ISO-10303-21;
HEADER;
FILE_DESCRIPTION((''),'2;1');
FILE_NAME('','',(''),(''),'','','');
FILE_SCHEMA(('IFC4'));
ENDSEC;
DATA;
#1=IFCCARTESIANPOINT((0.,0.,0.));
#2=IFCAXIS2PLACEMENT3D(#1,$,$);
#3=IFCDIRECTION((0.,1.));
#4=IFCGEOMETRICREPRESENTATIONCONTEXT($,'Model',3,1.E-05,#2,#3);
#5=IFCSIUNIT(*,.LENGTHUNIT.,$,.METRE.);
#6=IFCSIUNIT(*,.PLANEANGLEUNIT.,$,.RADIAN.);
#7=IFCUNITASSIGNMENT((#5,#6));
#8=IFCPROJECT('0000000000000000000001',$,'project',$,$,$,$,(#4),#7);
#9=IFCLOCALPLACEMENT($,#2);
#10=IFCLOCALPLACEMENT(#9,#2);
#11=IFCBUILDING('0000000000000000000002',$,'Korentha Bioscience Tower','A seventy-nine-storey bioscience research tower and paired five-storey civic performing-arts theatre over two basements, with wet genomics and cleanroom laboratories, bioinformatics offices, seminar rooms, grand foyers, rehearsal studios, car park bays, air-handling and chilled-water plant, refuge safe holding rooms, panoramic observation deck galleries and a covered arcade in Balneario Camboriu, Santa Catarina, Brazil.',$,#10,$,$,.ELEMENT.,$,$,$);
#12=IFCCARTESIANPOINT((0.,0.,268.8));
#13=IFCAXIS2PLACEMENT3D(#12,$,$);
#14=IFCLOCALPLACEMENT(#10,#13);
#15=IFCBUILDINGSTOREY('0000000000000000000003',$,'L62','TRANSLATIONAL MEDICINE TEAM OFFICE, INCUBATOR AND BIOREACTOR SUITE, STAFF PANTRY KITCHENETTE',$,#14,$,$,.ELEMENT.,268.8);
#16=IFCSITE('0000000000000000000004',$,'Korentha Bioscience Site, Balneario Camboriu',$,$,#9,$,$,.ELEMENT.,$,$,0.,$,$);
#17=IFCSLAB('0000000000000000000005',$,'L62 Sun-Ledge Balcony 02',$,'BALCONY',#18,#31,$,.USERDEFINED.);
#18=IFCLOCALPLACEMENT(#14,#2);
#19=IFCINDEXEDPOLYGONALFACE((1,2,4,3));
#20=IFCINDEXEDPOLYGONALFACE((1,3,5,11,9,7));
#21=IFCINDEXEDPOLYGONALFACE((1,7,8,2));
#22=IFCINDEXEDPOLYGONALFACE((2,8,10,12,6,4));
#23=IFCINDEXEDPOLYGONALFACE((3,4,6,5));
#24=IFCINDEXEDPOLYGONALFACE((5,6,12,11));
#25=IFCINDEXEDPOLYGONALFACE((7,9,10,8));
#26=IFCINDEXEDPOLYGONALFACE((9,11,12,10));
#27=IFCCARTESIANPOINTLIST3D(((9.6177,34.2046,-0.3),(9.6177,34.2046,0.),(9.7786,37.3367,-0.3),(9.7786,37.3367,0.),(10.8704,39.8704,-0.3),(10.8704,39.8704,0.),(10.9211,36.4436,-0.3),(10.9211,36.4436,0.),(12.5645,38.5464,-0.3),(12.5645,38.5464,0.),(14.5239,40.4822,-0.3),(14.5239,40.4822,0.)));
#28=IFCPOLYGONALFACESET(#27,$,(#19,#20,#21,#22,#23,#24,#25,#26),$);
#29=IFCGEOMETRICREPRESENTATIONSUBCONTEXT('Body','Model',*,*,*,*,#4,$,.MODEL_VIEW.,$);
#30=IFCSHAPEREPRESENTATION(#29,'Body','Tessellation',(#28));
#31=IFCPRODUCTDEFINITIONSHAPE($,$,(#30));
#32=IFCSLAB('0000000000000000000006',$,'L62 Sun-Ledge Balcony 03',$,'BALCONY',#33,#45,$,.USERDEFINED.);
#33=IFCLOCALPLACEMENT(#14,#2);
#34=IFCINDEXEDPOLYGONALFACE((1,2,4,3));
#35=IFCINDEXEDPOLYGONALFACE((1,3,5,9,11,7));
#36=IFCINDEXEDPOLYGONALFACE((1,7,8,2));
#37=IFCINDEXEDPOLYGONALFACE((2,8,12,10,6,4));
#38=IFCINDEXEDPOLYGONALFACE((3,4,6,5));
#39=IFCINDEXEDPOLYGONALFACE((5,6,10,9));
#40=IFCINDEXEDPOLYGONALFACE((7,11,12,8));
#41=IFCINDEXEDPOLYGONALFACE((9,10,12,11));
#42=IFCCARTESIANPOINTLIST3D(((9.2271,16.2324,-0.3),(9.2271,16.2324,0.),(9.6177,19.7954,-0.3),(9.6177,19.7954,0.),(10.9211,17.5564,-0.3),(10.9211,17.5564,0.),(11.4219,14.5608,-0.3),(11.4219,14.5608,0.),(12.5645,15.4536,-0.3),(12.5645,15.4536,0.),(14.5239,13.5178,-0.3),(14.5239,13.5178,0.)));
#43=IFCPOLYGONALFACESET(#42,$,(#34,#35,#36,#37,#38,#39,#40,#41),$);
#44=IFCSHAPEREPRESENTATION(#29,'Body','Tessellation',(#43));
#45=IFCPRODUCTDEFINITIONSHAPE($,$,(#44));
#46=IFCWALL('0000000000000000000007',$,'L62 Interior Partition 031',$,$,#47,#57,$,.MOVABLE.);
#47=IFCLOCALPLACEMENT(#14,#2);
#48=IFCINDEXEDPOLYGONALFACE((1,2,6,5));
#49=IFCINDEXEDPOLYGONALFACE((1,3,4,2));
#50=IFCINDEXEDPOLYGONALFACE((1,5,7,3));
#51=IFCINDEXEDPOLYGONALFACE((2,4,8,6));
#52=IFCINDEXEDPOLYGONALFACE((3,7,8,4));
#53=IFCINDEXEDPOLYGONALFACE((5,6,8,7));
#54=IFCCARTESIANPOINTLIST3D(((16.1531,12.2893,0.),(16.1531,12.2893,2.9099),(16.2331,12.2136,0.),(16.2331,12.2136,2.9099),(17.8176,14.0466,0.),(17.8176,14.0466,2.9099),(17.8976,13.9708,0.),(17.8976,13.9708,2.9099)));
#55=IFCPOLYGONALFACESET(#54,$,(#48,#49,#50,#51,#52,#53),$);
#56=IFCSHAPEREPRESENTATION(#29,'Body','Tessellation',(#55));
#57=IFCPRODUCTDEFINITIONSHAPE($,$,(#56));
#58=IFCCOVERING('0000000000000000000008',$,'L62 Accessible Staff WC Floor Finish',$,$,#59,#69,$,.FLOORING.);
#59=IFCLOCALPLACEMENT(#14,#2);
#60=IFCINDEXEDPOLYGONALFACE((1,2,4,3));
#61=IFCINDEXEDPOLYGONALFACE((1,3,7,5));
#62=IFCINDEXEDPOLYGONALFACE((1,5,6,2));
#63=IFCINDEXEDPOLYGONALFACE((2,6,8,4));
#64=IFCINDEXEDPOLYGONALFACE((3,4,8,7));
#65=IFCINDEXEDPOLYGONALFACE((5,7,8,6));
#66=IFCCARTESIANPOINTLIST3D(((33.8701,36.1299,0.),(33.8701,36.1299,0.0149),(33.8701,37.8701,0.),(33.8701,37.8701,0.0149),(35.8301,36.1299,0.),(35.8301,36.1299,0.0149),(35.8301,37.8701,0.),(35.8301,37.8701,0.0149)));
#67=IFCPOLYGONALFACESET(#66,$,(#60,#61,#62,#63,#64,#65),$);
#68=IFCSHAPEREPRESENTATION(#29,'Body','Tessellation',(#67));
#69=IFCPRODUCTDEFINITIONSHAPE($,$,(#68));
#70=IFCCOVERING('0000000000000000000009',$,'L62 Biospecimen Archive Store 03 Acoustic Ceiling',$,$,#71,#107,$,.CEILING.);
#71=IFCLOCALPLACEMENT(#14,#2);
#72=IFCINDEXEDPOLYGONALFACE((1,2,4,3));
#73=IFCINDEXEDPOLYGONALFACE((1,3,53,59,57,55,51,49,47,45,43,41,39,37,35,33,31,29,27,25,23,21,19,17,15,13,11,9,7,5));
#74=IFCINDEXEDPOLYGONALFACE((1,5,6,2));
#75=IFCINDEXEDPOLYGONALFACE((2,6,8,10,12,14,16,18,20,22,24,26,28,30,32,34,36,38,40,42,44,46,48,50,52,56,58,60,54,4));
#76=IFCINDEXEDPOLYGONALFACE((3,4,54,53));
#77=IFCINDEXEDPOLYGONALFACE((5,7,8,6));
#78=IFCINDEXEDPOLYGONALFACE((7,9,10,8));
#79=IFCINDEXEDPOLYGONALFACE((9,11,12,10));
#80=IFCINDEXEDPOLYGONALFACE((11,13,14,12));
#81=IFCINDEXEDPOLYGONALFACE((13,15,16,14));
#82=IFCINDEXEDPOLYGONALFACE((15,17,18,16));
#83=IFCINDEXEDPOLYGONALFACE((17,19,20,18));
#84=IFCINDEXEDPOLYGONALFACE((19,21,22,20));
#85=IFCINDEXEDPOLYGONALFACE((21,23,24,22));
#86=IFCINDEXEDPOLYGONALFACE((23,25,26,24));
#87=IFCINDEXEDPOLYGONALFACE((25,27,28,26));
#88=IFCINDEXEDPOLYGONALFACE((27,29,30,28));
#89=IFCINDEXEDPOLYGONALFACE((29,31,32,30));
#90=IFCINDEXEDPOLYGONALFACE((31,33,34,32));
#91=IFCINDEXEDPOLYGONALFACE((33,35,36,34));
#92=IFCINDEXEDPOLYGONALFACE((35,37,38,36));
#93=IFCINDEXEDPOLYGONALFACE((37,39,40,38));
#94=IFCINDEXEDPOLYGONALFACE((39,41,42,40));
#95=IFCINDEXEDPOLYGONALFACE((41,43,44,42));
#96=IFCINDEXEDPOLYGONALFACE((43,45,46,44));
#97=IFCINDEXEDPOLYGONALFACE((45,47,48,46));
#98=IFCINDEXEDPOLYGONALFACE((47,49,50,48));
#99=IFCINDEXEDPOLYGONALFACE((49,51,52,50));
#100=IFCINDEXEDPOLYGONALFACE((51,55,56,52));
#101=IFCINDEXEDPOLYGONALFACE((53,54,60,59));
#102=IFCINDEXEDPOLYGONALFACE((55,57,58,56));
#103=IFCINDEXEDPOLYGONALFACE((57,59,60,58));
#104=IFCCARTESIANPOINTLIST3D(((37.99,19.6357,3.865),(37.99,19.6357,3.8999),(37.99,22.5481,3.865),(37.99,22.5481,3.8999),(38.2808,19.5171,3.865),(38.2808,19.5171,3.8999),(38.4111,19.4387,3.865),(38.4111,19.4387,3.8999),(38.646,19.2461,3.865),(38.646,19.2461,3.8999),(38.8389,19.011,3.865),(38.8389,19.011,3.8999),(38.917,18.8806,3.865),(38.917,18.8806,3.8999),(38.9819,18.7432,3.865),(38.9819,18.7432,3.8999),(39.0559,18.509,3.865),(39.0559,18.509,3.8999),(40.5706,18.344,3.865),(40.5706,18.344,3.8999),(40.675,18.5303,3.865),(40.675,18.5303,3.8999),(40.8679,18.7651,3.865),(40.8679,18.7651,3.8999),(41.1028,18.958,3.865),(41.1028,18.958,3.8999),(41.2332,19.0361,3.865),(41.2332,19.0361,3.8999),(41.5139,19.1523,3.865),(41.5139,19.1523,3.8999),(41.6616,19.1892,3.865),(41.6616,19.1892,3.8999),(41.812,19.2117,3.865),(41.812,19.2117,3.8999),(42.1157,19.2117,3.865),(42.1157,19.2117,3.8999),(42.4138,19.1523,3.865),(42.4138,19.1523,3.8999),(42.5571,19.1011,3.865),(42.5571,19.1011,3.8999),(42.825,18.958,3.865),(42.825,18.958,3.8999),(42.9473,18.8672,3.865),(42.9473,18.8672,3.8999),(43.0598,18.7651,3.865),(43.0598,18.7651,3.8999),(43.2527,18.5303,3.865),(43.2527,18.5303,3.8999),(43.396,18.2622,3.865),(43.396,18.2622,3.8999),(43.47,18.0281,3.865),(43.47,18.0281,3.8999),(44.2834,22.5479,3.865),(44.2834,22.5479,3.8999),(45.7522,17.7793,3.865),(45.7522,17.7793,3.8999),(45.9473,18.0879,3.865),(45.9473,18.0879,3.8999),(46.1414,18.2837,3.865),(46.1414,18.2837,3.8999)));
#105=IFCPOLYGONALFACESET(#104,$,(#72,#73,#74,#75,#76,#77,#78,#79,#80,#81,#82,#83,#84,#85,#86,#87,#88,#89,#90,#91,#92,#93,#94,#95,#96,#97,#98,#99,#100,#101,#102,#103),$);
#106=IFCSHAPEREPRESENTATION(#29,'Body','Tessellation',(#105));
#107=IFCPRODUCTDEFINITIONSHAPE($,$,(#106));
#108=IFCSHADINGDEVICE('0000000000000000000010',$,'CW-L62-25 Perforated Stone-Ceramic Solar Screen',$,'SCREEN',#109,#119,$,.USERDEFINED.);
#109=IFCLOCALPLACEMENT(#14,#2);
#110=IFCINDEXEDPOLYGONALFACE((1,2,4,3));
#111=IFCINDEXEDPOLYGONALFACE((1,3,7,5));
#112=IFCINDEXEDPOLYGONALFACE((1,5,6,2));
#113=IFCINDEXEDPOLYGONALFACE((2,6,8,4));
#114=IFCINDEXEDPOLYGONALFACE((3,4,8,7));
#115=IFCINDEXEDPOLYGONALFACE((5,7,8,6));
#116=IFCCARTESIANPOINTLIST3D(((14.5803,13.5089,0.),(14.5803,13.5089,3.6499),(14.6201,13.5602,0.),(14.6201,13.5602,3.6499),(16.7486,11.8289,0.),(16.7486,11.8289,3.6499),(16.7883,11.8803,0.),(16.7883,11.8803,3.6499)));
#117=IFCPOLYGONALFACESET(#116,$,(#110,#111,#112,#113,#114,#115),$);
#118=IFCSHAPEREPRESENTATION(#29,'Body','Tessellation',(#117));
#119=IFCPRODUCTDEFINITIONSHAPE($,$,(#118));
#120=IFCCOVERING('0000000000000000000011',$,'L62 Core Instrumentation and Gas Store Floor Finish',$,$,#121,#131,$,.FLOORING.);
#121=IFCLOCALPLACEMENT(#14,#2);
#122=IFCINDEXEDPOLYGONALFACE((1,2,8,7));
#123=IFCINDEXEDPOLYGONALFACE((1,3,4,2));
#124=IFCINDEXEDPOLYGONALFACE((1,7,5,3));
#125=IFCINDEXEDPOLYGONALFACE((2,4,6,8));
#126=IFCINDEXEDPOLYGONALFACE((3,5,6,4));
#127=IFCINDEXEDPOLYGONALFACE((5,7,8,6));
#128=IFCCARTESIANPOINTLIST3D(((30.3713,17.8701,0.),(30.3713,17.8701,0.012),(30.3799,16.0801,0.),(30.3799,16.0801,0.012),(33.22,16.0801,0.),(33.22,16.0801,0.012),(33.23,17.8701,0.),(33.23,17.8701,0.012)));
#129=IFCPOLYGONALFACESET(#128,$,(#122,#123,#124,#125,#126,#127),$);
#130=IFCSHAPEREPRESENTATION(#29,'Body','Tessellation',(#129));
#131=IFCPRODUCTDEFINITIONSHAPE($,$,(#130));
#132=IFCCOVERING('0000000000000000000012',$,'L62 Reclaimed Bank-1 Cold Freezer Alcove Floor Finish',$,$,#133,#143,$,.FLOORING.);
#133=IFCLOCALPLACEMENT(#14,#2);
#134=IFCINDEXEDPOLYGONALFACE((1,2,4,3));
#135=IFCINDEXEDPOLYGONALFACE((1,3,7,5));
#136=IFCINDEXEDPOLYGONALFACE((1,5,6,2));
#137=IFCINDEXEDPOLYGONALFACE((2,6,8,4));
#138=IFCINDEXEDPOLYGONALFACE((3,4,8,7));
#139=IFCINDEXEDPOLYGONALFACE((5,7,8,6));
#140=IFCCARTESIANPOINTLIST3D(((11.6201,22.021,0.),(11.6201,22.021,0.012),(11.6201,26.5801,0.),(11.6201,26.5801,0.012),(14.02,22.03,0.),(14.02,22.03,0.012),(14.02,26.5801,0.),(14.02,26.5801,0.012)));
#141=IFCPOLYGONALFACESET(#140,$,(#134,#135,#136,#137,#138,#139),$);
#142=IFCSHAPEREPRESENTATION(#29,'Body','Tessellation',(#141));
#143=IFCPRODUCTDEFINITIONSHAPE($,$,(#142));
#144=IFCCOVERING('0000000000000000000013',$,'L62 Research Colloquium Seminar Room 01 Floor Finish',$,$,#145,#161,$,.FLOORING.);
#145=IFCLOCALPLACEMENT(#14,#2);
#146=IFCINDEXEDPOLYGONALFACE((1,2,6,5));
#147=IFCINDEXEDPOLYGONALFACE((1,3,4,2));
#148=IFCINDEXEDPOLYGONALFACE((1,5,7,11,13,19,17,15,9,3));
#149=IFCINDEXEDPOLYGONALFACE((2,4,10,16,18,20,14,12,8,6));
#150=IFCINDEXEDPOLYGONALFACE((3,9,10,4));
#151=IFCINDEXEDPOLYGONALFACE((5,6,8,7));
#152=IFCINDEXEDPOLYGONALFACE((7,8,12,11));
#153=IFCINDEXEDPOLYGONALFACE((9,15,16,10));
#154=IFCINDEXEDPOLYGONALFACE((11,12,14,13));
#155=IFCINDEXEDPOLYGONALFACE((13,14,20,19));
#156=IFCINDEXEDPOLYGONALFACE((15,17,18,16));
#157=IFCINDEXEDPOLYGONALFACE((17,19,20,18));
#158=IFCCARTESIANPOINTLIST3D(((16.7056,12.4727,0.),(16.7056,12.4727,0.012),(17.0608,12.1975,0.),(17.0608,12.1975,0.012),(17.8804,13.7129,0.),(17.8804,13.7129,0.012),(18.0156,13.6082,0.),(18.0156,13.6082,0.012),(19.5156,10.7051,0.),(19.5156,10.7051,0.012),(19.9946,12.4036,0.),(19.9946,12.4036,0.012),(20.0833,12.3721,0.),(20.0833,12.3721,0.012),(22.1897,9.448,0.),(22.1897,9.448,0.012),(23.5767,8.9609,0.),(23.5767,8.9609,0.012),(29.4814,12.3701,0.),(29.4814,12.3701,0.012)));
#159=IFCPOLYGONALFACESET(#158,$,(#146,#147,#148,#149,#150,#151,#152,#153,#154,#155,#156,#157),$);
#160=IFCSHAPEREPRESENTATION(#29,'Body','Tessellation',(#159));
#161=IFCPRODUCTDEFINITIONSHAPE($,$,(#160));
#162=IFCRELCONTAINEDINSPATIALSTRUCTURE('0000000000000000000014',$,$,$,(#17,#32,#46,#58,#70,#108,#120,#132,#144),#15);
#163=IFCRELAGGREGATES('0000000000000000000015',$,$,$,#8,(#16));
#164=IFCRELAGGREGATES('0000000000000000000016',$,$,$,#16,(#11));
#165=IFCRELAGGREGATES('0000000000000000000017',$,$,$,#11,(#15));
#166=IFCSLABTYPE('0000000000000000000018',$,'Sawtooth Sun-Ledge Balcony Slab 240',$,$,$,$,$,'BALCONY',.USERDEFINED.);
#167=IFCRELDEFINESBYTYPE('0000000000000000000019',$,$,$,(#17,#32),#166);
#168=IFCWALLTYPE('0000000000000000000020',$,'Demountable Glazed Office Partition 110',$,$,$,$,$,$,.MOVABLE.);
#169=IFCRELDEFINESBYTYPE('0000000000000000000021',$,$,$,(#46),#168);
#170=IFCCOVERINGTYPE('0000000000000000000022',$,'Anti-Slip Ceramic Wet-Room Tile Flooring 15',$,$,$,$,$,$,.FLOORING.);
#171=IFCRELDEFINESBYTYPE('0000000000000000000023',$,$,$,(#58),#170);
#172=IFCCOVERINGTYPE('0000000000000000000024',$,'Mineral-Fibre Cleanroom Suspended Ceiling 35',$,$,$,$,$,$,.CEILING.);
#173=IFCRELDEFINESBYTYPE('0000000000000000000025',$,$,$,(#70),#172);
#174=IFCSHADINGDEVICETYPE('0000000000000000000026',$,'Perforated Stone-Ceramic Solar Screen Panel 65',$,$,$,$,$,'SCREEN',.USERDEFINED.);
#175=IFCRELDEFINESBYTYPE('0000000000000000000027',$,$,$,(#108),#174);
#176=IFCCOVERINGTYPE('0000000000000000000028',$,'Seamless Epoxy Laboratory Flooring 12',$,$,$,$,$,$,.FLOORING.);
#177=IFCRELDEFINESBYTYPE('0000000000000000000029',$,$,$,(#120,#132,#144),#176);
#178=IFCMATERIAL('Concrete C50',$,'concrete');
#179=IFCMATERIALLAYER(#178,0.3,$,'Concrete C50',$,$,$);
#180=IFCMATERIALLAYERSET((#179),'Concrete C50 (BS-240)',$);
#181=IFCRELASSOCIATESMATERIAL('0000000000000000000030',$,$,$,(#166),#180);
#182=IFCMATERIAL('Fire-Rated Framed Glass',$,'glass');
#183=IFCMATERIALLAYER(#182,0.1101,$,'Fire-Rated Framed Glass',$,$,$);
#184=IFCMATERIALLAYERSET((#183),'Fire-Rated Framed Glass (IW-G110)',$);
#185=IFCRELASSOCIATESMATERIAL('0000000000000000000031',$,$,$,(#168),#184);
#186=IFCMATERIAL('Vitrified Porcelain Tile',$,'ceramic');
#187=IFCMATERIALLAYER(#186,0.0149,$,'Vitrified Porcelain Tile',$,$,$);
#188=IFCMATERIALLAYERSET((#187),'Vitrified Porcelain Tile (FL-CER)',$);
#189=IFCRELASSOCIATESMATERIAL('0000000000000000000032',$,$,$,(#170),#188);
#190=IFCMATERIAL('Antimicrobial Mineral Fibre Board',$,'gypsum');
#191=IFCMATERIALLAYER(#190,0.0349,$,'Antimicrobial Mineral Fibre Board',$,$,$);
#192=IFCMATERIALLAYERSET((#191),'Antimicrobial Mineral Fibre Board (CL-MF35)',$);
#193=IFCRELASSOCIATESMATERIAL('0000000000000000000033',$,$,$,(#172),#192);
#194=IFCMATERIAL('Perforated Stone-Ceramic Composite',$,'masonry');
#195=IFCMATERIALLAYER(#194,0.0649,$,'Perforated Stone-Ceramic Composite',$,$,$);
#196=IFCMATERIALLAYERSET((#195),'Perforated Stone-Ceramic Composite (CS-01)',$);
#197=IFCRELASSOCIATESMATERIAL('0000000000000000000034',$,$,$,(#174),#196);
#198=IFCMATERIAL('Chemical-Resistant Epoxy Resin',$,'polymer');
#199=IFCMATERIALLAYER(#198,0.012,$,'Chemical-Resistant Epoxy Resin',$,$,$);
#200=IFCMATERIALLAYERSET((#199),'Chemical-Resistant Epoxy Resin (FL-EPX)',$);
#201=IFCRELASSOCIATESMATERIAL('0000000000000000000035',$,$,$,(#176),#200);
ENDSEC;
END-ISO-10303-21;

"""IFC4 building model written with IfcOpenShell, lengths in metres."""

from ifc_helpers import new_model, si_unit, direction, frame, frame_2d, origin, origin_2d, place, context, subcontext, project, spatial, polyline, rectangle, outline, extrude, material, layer, layer_set, type_object, element, save


model = new_model("IFC4")

# Units and contexts
model_context = context("Model", 3, precision=1e-05, world=origin(), true_north=direction((0.0, 1.0)))
body_context = subcontext(model_context, "Body", "Model", "MODEL_VIEW")
ifc_project = project(units=[si_unit("LENGTHUNIT", "METRE"), si_unit("PLANEANGLEUNIT", "RADIAN")], contexts=[model_context])

# Site, building, storey
site_placement = place(None, origin())
site = spatial("IfcSite", under=ifc_project, at=site_placement, Name="Korentha Bioscience Site, Balneario Camboriu", CompositionType="ELEMENT", RefElevation=0.0)
building_placement = place(site_placement, origin())
building = spatial("IfcBuilding", under=site, at=building_placement, Name="Korentha Bioscience Tower", Description="A seventy-nine-storey bioscience research tower and paired five-storey civic performing-arts theatre over two basements, with wet genomics and cleanroom laboratories, bioinformatics offices, seminar rooms, grand foyers, rehearsal studios, car park bays, air-handling and chilled-water plant, refuge safe holding rooms, panoramic observation deck galleries and a covered arcade in Balneario Camboriu, Santa Catarina, Brazil.", CompositionType="ELEMENT")
storey_placement = place(building_placement, frame((0.0, 0.0, 268.8)))
storey = spatial("IfcBuildingStorey", under=building, at=storey_placement, Name="L62", Description="TRANSLATIONAL MEDICINE TEAM OFFICE, INCUBATOR AND BIOREACTOR SUITE, STAFF PANTRY KITCHENETTE", CompositionType="ELEMENT", Elevation=268.8)

# Shared definitions
ifc_material_1 = material(Name="Concrete C50", Category="concrete")

# Slabs
ifc_layer_1 = layer(ifc_material_1, 0.3, Name="Concrete C50")
ifc_layer_set_1 = layer_set([ifc_layer_1], Name="Concrete C50 (BS-240)")
slab_type_1 = type_object("IfcSlabType", Name="Sawtooth Sun-Ledge Balcony Slab 240", ElementType="BALCONY", PredefinedType="USERDEFINED", material=ifc_layer_set_1)
slab_1_placement = place(storey_placement, frame((0.0, 0.0, -0.3)))
element("IfcSlab", 1, at=slab_1_placement, inside=storey, type_object=slab_type_1, Name="L62 Sun-Ledge Balcony 02", ObjectType="BALCONY", PredefinedType="USERDEFINED", context=body_context, shape_type="SweptSolid", body=[
    extrude(outline(polyline([(9.6177, 34.2046), (10.9211, 36.4436), (12.5645, 38.5464), (14.5239, 40.4822), (10.8704, 39.8704), (9.7786, 37.3367), (9.6177, 34.2046)])), origin(), (0.0, 0.0, 1.0), 0.3),
])
slab_2_placement = place(storey_placement, frame((0.0, 0.0, -0.3)))
element("IfcSlab", 2, at=slab_2_placement, inside=storey, type_object=slab_type_1, Name="L62 Sun-Ledge Balcony 03", ObjectType="BALCONY", PredefinedType="USERDEFINED", context=body_context, shape_type="SweptSolid", body=[
    extrude(outline(polyline([(14.5239, 13.5178), (12.5645, 15.4536), (10.9211, 17.5564), (9.6177, 19.7954), (9.2271, 16.2324), (11.4219, 14.5608), (14.5239, 13.5178)])), origin(), (0.0, 0.0, 1.0), 0.3),
])

# Wall
ifc_material_2 = material(Name="Fire-Rated Framed Glass", Category="glass")
ifc_layer_2 = layer(ifc_material_2, 0.1101, Name="Fire-Rated Framed Glass")
ifc_layer_set_2 = layer_set([ifc_layer_2], Name="Fire-Rated Framed Glass (IW-G110)")
wall_type = type_object("IfcWallType", Name="Demountable Glazed Office Partition 110", PredefinedType="MOVABLE", material=ifc_layer_set_2)
wall_placement = place(storey_placement, frame((16.1931, 12.2515, 0.0), z_axis=(0.0, 0.0, 1.0), x_axis=(0.687683, 0.726011, 0.0)))
element("IfcWall", 3, at=wall_placement, inside=storey, type_object=wall_type, Name="L62 Interior Partition 031", PredefinedType="MOVABLE", context=body_context, shape_type="SweptSolid", body=[
    extrude(rectangle(XDim=2.4204, YDim=0.1101, at=frame_2d((1.2102, 0.0))), origin(), (0.0, 0.0, 1.0), 2.9099),
])

# Coverings
ifc_material_3 = material(Name="Vitrified Porcelain Tile", Category="ceramic")
ifc_layer_3 = layer(ifc_material_3, 0.0149, Name="Vitrified Porcelain Tile")
ifc_layer_set_3 = layer_set([ifc_layer_3], Name="Vitrified Porcelain Tile (FL-CER)")
covering_type_1 = type_object("IfcCoveringType", Name="Anti-Slip Ceramic Wet-Room Tile Flooring 15", PredefinedType="FLOORING", material=ifc_layer_set_3)
covering_1_placement = place(storey_placement, origin())
element("IfcCovering", 4, at=covering_1_placement, inside=storey, type_object=covering_type_1, Name="L62 Accessible Staff WC Floor Finish", PredefinedType="FLOORING", context=body_context, shape_type="SweptSolid", body=[
    extrude(outline(polyline([(33.8701, 36.1299), (33.8701, 37.8701), (35.8301, 37.8701), (35.8301, 36.1299), (33.8701, 36.1299)])), origin(), (0.0, 0.0, 1.0), 0.0149),
])
ifc_material_4 = material(Name="Antimicrobial Mineral Fibre Board", Category="gypsum")
ifc_layer_4 = layer(ifc_material_4, 0.0349, Name="Antimicrobial Mineral Fibre Board")
ifc_layer_set_4 = layer_set([ifc_layer_4], Name="Antimicrobial Mineral Fibre Board (CL-MF35)")
covering_type_2 = type_object("IfcCoveringType", Name="Mineral-Fibre Cleanroom Suspended Ceiling 35", PredefinedType="CEILING", material=ifc_layer_set_4)
covering_2_placement = place(storey_placement, frame((0.0, 0.0, 3.865)))
element("IfcCovering", 5, at=covering_2_placement, inside=storey, type_object=covering_type_2, Name="L62 Biospecimen Archive Store 03 Acoustic Ceiling", PredefinedType="CEILING", context=body_context, shape_type="SweptSolid", body=[
    extrude(outline(polyline([(37.99, 22.5481), (44.2834, 22.5479), (46.1414, 18.2837), (45.9473, 18.0879), (45.7522, 17.7793), (43.47, 18.0281), (43.396, 18.2622), (43.2527, 18.5303), (43.0598, 18.7651), (42.9473, 18.8672), (42.825, 18.958), (42.5571, 19.1011), (42.4138, 19.1523), (42.1157, 19.2117), (41.812, 19.2117), (41.6616, 19.1892), (41.5139, 19.1523), (41.2332, 19.0361), (41.1028, 18.958), (40.8679, 18.7651), (40.675, 18.5303), (40.5706, 18.344), (39.0559, 18.509), (38.9819, 18.7432), (38.917, 18.8806), (38.8389, 19.011), (38.646, 19.2461), (38.4111, 19.4387), (38.2808, 19.5171), (37.99, 19.6357), (37.99, 22.5481)])), origin(), (0.0, 0.0, 1.0), 0.0349),
])

# Shading device
ifc_material_5 = material(Name="Perforated Stone-Ceramic Composite", Category="masonry")
ifc_layer_5 = layer(ifc_material_5, 0.0649, Name="Perforated Stone-Ceramic Composite")
ifc_layer_set_5 = layer_set([ifc_layer_5], Name="Perforated Stone-Ceramic Composite (CS-01)")
shading_device_type_1 = type_object("IfcShadingDeviceType", Name="Perforated Stone-Ceramic Solar Screen Panel 65", ElementType="SCREEN", PredefinedType="USERDEFINED", material=ifc_layer_set_5)
shading_device_1_placement = place(storey_placement, frame((15.6843, 12.6946, 0.0), z_axis=(0.0, 0.0, 1.0), x_axis=(0.790488, -0.612478, 0.0)))
element("IfcShadingDevice", 6, at=shading_device_1_placement, inside=storey, type_object=shading_device_type_1, Name="CW-L62-25 Perforated Stone-Ceramic Solar Screen", ObjectType="SCREEN", PredefinedType="USERDEFINED", context=body_context, shape_type="SweptSolid", body=[
    extrude(rectangle(XDim=2.7429, YDim=0.0649, at=origin_2d()), origin(), (0.0, 0.0, 1.0), 3.6499),
])

# Coverings
ifc_material_6 = material(Name="Chemical-Resistant Epoxy Resin", Category="polymer")
ifc_layer_6 = layer(ifc_material_6, 0.012, Name="Chemical-Resistant Epoxy Resin")
ifc_layer_set_6 = layer_set([ifc_layer_6], Name="Chemical-Resistant Epoxy Resin (FL-EPX)")
covering_type_3 = type_object("IfcCoveringType", Name="Seamless Epoxy Laboratory Flooring 12", PredefinedType="FLOORING", material=ifc_layer_set_6)
covering_3_placement = place(storey_placement, origin())
element("IfcCovering", 7, at=covering_3_placement, inside=storey, type_object=covering_type_3, Name="L62 Core Instrumentation and Gas Store Floor Finish", PredefinedType="FLOORING", context=body_context, shape_type="SweptSolid", body=[
    extrude(outline(polyline([(33.23, 17.8701), (33.22, 16.0801), (30.3799, 16.0801), (30.3713, 17.8701), (33.23, 17.8701)])), origin(), (0.0, 0.0, 1.0), 0.012),
])
covering_4_placement = place(storey_placement, origin())
element("IfcCovering", 8, at=covering_4_placement, inside=storey, type_object=covering_type_3, Name="L62 Reclaimed Bank-1 Cold Freezer Alcove Floor Finish", PredefinedType="FLOORING", context=body_context, shape_type="SweptSolid", body=[
    extrude(outline(polyline([(14.02, 22.03), (11.6201, 22.021), (11.6201, 26.5801), (14.02, 26.5801), (14.02, 22.03)])), origin(), (0.0, 0.0, 1.0), 0.012),
])
covering_5_placement = place(storey_placement, origin())
element("IfcCovering", 9, at=covering_5_placement, inside=storey, type_object=covering_type_3, Name="L62 Research Colloquium Seminar Room 01 Floor Finish", PredefinedType="FLOORING", context=body_context, shape_type="SweptSolid", body=[
    extrude(outline(polyline([(18.0156, 13.6082), (19.9946, 12.4036), (20.0833, 12.3721), (29.4814, 12.3701), (23.5767, 8.9609), (22.1897, 9.448), (19.5156, 10.7051), (17.0608, 12.1975), (16.7056, 12.4727), (17.8804, 13.7129), (18.0156, 13.6082)])), origin(), (0.0, 0.0, 1.0), 0.012),
])

save(model, "model.ifc")
